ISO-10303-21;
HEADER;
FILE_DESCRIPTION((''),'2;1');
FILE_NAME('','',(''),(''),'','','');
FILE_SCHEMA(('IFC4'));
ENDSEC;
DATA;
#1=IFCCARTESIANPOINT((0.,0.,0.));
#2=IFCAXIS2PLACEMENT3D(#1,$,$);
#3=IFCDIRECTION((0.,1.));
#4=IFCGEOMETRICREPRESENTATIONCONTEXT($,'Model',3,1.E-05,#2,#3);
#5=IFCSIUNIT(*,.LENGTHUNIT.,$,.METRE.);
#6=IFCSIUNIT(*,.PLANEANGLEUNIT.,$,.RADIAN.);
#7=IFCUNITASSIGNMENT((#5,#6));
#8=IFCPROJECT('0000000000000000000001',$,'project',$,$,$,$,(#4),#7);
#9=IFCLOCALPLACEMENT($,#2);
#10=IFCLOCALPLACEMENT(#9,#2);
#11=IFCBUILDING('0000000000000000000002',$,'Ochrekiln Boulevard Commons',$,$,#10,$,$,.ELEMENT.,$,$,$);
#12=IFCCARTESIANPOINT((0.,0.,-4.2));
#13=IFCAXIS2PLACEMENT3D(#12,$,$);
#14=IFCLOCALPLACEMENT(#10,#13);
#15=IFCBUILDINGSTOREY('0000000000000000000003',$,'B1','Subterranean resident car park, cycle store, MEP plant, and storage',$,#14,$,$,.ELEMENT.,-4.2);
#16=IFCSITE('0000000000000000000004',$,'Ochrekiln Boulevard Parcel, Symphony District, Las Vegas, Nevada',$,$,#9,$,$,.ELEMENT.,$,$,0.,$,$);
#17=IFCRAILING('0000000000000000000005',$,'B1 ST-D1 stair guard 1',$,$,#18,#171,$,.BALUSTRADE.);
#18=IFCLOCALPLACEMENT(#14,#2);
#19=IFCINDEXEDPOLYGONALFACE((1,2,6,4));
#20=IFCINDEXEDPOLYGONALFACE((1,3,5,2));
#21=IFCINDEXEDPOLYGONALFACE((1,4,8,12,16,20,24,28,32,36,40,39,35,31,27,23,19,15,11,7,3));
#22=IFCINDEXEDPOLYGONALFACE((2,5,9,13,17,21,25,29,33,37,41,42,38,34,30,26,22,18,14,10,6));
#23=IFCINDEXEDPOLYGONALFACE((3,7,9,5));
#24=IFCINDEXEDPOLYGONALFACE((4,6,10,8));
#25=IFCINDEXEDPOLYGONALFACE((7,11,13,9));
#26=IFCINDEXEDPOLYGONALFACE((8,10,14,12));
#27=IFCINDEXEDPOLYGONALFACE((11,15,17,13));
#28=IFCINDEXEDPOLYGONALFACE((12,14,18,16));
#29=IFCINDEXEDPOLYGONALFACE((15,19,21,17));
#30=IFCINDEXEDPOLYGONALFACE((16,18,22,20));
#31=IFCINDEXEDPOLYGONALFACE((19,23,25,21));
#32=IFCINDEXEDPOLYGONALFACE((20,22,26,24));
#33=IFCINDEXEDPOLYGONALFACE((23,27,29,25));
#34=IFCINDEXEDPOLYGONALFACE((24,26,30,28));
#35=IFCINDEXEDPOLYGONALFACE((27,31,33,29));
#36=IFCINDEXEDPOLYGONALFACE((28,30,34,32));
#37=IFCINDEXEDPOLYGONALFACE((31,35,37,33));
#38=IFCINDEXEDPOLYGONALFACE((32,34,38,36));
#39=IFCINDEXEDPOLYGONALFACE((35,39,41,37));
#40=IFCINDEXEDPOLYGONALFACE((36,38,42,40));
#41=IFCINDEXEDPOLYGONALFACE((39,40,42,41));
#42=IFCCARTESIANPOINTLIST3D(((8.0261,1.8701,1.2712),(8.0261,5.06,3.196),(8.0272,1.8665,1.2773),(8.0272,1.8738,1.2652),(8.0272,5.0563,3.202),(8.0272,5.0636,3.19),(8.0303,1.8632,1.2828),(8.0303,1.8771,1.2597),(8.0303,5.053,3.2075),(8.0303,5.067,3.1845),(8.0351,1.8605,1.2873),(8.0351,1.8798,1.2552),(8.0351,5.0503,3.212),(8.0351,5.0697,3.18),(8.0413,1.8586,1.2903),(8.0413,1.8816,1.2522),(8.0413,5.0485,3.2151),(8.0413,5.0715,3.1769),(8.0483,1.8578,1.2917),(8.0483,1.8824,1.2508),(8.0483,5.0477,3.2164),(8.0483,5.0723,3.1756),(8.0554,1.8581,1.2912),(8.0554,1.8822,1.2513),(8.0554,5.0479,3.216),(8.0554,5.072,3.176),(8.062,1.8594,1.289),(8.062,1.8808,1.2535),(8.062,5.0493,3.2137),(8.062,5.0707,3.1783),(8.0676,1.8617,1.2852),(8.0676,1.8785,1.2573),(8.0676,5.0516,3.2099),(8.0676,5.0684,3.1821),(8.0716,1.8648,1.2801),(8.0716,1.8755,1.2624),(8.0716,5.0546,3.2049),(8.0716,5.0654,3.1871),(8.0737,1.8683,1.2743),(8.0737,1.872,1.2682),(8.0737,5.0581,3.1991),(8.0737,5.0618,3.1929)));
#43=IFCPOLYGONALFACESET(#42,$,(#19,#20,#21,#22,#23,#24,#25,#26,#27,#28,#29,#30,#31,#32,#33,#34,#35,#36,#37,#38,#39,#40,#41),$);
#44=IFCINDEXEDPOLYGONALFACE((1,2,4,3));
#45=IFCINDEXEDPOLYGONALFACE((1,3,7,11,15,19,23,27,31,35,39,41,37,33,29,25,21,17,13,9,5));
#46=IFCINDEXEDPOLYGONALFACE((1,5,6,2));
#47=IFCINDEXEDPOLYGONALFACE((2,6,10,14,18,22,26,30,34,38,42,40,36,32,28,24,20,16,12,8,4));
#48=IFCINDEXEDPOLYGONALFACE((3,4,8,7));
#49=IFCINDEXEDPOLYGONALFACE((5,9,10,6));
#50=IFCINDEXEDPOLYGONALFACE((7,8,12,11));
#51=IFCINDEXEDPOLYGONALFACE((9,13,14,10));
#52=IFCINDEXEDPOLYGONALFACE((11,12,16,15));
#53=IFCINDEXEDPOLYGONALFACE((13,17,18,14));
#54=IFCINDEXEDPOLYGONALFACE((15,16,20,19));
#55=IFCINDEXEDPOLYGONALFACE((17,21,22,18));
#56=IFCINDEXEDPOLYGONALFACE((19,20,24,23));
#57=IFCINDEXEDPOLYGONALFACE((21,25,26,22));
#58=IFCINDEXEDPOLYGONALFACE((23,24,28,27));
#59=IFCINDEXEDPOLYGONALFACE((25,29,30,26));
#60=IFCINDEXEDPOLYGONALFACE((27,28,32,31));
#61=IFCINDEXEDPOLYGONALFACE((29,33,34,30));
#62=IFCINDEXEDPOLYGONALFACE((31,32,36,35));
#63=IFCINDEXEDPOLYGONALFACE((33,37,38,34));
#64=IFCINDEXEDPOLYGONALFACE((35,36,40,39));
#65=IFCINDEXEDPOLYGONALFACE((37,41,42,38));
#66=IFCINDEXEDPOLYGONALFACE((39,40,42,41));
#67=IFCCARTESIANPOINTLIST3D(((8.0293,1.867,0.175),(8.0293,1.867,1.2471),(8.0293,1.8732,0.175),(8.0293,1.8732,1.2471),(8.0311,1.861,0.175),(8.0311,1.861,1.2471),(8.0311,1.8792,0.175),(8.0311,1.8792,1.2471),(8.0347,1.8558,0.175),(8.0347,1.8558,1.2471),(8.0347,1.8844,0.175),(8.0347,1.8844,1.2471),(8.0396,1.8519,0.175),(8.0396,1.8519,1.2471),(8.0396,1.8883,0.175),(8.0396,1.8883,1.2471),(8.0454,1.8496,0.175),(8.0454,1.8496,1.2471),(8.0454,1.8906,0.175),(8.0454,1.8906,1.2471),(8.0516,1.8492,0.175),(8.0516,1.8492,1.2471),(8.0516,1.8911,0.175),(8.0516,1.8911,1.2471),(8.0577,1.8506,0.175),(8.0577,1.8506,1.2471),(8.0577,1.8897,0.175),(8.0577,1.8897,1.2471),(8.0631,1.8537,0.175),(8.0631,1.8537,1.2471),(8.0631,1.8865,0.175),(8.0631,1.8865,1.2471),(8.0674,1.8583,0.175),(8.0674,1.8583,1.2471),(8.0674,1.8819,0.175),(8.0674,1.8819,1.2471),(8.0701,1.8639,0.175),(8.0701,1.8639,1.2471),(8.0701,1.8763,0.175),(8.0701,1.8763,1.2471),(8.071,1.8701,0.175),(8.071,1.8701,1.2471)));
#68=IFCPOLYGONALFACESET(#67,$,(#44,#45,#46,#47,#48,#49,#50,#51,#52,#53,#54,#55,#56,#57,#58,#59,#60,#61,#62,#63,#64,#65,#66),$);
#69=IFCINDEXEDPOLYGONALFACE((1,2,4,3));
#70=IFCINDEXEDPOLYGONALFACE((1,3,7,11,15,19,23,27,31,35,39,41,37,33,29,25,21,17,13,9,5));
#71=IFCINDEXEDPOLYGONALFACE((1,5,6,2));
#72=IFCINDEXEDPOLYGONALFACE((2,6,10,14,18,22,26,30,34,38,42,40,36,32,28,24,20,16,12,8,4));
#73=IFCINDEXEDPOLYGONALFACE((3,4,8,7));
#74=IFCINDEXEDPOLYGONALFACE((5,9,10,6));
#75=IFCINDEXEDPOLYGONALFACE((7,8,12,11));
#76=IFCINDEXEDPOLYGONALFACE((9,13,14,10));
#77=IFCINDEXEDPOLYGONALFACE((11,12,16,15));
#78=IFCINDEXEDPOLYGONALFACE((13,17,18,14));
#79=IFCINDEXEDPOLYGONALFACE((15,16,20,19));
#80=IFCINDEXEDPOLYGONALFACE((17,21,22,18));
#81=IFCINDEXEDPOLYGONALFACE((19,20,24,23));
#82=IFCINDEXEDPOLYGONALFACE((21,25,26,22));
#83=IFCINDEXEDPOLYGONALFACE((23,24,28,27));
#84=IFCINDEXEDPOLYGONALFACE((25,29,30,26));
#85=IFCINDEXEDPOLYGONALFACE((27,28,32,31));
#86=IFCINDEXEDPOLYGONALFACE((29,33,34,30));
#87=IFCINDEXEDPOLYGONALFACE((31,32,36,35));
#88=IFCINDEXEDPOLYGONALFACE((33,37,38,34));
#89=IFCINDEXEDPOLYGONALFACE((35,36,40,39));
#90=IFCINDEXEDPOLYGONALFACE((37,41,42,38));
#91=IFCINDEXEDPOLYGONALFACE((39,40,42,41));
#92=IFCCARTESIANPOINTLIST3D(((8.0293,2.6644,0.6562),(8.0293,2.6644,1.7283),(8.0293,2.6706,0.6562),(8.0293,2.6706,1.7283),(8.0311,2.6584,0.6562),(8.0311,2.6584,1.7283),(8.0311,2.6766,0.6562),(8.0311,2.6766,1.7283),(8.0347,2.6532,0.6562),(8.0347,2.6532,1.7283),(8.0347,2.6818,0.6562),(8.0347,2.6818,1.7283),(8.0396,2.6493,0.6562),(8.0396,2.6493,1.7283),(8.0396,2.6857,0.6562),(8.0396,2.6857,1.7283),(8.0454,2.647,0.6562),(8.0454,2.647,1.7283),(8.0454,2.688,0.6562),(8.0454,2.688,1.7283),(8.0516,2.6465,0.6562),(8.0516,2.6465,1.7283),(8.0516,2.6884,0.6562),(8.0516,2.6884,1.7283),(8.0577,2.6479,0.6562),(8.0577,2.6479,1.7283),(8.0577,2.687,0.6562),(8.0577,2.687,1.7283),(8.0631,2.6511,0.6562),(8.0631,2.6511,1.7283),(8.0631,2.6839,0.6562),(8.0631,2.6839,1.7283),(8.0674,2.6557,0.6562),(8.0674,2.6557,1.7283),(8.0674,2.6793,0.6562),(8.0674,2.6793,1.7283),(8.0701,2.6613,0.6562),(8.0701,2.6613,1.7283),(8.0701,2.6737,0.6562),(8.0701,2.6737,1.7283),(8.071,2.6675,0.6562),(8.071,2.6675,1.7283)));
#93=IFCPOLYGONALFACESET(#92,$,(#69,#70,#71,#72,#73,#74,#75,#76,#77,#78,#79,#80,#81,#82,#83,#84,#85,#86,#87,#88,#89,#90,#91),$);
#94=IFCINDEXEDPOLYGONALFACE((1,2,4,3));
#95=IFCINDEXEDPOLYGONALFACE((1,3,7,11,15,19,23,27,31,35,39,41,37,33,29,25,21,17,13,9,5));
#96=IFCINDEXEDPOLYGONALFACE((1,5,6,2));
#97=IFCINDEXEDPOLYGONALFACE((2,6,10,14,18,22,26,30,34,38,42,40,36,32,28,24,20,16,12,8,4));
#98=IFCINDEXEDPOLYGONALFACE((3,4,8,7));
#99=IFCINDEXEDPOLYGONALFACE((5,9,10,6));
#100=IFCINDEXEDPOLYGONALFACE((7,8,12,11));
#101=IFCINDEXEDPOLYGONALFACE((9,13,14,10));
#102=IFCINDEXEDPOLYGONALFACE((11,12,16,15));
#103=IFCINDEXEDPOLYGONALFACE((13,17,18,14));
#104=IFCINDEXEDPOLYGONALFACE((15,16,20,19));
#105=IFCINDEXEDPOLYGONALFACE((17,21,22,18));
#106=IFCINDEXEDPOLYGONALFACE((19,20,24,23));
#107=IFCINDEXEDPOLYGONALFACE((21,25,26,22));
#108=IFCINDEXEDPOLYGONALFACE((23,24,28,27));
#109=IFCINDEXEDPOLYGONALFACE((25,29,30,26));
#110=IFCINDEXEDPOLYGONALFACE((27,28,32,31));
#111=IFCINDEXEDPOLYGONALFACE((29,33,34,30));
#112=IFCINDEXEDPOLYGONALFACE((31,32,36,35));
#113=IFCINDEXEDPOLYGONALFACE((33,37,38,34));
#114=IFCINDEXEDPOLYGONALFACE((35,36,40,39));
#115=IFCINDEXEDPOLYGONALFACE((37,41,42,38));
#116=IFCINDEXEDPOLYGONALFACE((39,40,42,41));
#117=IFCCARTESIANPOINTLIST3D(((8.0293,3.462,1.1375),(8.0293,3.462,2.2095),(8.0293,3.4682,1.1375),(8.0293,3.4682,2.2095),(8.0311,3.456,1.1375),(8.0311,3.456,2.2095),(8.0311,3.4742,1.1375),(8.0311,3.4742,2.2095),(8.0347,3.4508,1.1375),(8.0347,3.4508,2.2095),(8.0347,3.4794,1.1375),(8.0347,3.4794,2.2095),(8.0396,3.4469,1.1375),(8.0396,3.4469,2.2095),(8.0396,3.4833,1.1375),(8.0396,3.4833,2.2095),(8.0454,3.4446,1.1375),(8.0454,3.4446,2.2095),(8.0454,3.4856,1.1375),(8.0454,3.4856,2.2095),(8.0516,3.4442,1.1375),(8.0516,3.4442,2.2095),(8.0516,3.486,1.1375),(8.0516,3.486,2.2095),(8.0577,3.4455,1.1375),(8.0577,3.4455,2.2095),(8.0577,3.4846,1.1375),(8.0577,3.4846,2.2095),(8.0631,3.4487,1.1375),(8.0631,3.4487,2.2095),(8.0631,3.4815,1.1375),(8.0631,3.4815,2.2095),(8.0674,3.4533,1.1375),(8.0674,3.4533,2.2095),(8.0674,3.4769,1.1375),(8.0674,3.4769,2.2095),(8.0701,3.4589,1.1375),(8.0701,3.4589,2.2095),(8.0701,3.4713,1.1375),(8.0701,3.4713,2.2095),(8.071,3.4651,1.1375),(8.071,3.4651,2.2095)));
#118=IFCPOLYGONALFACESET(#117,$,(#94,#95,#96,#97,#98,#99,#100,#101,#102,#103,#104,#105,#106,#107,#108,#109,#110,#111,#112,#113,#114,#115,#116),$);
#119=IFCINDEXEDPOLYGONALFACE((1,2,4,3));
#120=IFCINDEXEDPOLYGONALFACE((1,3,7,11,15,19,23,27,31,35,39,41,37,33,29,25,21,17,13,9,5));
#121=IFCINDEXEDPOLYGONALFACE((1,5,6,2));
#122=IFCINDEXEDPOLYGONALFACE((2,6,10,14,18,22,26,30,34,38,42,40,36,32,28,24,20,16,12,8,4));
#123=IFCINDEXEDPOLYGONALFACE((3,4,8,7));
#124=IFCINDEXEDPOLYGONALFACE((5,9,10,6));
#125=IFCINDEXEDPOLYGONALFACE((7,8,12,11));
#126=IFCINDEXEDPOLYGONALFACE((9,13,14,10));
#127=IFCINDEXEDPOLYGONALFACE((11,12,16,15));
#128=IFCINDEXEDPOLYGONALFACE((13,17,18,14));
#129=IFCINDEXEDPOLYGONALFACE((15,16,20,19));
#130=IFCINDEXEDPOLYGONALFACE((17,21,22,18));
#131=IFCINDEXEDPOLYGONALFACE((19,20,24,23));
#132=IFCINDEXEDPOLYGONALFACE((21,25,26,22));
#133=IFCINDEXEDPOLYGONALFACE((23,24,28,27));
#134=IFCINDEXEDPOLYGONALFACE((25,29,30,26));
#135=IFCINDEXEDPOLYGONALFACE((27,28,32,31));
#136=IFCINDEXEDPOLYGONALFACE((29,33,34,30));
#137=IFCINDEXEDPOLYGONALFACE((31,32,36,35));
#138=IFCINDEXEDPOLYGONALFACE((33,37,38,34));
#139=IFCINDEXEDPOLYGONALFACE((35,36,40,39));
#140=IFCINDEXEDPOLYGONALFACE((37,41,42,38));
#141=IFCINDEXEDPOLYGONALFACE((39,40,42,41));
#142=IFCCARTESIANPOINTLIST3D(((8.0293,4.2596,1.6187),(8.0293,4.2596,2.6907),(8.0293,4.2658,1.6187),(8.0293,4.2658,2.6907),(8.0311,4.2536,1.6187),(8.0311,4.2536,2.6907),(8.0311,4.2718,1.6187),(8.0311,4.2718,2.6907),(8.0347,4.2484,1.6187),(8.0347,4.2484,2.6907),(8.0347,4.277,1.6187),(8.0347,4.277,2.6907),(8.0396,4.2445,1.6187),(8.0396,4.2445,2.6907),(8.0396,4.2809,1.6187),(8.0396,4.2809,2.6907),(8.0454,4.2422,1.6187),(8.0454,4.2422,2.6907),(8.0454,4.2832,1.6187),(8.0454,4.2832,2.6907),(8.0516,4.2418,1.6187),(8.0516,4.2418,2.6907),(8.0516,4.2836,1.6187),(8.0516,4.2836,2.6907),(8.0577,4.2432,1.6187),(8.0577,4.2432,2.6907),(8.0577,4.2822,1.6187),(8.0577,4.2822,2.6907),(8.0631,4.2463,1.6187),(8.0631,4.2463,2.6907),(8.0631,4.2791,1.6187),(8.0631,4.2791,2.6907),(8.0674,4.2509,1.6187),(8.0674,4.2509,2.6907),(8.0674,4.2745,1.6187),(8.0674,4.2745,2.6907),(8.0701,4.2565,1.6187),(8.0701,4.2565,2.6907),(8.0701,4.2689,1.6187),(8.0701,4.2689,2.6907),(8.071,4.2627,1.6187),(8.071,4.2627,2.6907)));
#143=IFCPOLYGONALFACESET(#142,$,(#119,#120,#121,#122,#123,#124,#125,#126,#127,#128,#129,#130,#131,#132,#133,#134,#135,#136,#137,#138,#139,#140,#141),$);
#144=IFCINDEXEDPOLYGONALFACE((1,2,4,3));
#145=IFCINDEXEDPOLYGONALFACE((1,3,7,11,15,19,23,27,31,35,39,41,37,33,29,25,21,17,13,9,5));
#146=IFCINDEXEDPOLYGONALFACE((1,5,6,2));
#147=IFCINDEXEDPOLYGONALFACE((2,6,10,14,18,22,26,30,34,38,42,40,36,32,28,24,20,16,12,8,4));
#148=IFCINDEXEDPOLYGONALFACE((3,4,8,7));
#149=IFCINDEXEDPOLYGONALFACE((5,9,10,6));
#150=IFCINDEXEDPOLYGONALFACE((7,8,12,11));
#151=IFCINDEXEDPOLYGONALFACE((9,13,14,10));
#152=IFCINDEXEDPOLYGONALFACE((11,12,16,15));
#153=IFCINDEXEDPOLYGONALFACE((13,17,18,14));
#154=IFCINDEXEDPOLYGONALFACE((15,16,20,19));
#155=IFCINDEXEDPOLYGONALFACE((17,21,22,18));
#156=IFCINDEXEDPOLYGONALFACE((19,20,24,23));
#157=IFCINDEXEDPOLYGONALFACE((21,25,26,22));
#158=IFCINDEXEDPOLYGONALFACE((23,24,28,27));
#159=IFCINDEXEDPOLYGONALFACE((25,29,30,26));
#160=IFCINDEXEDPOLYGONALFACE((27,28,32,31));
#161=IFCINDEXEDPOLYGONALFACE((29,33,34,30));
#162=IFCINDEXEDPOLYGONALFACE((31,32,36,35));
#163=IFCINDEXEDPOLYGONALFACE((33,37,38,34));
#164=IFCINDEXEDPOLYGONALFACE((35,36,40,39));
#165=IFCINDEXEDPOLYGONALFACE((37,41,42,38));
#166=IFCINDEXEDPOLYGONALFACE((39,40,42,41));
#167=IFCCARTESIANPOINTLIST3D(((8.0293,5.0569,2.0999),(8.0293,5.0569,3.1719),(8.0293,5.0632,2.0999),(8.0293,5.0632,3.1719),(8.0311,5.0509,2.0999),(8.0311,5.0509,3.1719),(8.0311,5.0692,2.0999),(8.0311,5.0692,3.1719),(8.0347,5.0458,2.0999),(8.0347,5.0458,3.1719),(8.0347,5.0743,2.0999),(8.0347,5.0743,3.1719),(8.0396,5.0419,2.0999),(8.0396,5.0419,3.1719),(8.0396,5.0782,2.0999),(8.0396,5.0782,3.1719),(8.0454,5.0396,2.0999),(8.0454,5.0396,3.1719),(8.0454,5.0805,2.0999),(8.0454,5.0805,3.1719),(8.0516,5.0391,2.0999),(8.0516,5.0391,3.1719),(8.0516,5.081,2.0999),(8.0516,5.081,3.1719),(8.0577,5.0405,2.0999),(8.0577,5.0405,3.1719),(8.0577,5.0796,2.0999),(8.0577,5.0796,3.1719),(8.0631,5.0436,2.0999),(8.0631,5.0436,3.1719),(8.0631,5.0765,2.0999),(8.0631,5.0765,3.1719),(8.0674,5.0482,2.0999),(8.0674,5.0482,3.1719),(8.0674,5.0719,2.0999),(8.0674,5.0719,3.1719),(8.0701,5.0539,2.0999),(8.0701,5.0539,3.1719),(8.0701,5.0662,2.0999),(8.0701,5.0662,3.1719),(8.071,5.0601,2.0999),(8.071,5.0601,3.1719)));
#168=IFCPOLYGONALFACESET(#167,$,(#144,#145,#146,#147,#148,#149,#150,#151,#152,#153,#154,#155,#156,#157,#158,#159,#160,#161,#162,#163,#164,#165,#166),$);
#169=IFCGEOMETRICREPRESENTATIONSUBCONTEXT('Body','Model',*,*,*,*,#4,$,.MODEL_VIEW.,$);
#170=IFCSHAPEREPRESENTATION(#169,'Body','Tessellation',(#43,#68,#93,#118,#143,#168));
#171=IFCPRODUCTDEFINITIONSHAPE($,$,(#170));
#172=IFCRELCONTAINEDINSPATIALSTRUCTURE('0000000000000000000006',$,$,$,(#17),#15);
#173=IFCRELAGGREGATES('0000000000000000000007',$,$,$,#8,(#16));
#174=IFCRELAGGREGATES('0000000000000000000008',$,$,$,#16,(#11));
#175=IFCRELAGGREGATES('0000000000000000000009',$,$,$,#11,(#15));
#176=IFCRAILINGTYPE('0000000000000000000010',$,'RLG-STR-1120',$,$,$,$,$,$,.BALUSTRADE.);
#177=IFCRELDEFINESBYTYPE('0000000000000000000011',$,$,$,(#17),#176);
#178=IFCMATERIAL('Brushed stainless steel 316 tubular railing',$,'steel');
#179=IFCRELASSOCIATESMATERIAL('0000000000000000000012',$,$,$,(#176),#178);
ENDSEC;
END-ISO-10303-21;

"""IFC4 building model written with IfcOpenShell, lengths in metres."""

from ifc_helpers import new_model, si_unit, direction, frame, origin, origin_2d, place, context, subcontext, project, spatial, circle, extrude, material, type_object, element, save


model = new_model("IFC4")

# Units and contexts
model_context = context("Model", 3, precision=1e-05, world=origin(), true_north=direction((0.0, 1.0)))
body_context = subcontext(model_context, "Body", "Model", "MODEL_VIEW")
ifc_project = project(units=[si_unit("LENGTHUNIT", "METRE"), si_unit("PLANEANGLEUNIT", "RADIAN")], contexts=[model_context])

# Site, building, storey
site_placement = place(None, origin())
site = spatial("IfcSite", under=ifc_project, at=site_placement, Name="Ochrekiln Boulevard Parcel, Symphony District, Las Vegas, Nevada", CompositionType="ELEMENT", RefElevation=0.0)
building_placement = place(site_placement, origin())
building = spatial("IfcBuilding", under=site, at=building_placement, Name="Ochrekiln Boulevard Commons", CompositionType="ELEMENT")
storey_placement = place(building_placement, frame((0.0, 0.0, -4.2)))
storey = spatial("IfcBuildingStorey", under=building, at=storey_placement, Name="B1", Description="Subterranean resident car park, cycle store, MEP plant, and storage", CompositionType="ELEMENT", Elevation=-4.2)

# Railing
ifc_material_1 = material(Name="Brushed stainless steel 316 tubular railing", Category="steel")
railing_type_1 = type_object("IfcRailingType", Name="RLG-STR-1120", PredefinedType="BALUSTRADE", material=ifc_material_1)
railing_1_placement = place(storey_placement, frame((8.05, 1.8701, 0.175)))
element("IfcRailing", 1, at=railing_1_placement, inside=storey, type_object=railing_type_1, Name="B1 ST-D1 stair guard 1", PredefinedType="BALUSTRADE", context=body_context, shape_type="SweptSolid", body=[
    extrude(circle(Radius=0.0239, at=origin_2d()), frame((0.0, 0.0, 1.0962), z_axis=(0.0, 0.856207, 0.516633), x_axis=(-1.0, 0.0, 0.0)), (0.0, 0.0, 1.0), 3.7256),
    extrude(circle(Radius=0.021, at=origin_2d()), origin(), (0.0, 0.0, 1.0), 1.072),
    extrude(circle(Radius=0.021, at=origin_2d()), frame((0.0, 0.7974, 0.4812)), (0.0, 0.0, 1.0), 1.072),
    extrude(circle(Radius=0.021, at=origin_2d()), frame((0.0, 1.595, 0.9624)), (0.0, 0.0, 1.0), 1.072),
    extrude(circle(Radius=0.021, at=origin_2d()), frame((0.0, 2.3926, 1.4436)), (0.0, 0.0, 1.0), 1.072),
    extrude(circle(Radius=0.021, at=origin_2d()), frame((0.0, 3.1899, 1.9248)), (0.0, 0.0, 1.0), 1.072),
])

save(model, "model.ifc")
